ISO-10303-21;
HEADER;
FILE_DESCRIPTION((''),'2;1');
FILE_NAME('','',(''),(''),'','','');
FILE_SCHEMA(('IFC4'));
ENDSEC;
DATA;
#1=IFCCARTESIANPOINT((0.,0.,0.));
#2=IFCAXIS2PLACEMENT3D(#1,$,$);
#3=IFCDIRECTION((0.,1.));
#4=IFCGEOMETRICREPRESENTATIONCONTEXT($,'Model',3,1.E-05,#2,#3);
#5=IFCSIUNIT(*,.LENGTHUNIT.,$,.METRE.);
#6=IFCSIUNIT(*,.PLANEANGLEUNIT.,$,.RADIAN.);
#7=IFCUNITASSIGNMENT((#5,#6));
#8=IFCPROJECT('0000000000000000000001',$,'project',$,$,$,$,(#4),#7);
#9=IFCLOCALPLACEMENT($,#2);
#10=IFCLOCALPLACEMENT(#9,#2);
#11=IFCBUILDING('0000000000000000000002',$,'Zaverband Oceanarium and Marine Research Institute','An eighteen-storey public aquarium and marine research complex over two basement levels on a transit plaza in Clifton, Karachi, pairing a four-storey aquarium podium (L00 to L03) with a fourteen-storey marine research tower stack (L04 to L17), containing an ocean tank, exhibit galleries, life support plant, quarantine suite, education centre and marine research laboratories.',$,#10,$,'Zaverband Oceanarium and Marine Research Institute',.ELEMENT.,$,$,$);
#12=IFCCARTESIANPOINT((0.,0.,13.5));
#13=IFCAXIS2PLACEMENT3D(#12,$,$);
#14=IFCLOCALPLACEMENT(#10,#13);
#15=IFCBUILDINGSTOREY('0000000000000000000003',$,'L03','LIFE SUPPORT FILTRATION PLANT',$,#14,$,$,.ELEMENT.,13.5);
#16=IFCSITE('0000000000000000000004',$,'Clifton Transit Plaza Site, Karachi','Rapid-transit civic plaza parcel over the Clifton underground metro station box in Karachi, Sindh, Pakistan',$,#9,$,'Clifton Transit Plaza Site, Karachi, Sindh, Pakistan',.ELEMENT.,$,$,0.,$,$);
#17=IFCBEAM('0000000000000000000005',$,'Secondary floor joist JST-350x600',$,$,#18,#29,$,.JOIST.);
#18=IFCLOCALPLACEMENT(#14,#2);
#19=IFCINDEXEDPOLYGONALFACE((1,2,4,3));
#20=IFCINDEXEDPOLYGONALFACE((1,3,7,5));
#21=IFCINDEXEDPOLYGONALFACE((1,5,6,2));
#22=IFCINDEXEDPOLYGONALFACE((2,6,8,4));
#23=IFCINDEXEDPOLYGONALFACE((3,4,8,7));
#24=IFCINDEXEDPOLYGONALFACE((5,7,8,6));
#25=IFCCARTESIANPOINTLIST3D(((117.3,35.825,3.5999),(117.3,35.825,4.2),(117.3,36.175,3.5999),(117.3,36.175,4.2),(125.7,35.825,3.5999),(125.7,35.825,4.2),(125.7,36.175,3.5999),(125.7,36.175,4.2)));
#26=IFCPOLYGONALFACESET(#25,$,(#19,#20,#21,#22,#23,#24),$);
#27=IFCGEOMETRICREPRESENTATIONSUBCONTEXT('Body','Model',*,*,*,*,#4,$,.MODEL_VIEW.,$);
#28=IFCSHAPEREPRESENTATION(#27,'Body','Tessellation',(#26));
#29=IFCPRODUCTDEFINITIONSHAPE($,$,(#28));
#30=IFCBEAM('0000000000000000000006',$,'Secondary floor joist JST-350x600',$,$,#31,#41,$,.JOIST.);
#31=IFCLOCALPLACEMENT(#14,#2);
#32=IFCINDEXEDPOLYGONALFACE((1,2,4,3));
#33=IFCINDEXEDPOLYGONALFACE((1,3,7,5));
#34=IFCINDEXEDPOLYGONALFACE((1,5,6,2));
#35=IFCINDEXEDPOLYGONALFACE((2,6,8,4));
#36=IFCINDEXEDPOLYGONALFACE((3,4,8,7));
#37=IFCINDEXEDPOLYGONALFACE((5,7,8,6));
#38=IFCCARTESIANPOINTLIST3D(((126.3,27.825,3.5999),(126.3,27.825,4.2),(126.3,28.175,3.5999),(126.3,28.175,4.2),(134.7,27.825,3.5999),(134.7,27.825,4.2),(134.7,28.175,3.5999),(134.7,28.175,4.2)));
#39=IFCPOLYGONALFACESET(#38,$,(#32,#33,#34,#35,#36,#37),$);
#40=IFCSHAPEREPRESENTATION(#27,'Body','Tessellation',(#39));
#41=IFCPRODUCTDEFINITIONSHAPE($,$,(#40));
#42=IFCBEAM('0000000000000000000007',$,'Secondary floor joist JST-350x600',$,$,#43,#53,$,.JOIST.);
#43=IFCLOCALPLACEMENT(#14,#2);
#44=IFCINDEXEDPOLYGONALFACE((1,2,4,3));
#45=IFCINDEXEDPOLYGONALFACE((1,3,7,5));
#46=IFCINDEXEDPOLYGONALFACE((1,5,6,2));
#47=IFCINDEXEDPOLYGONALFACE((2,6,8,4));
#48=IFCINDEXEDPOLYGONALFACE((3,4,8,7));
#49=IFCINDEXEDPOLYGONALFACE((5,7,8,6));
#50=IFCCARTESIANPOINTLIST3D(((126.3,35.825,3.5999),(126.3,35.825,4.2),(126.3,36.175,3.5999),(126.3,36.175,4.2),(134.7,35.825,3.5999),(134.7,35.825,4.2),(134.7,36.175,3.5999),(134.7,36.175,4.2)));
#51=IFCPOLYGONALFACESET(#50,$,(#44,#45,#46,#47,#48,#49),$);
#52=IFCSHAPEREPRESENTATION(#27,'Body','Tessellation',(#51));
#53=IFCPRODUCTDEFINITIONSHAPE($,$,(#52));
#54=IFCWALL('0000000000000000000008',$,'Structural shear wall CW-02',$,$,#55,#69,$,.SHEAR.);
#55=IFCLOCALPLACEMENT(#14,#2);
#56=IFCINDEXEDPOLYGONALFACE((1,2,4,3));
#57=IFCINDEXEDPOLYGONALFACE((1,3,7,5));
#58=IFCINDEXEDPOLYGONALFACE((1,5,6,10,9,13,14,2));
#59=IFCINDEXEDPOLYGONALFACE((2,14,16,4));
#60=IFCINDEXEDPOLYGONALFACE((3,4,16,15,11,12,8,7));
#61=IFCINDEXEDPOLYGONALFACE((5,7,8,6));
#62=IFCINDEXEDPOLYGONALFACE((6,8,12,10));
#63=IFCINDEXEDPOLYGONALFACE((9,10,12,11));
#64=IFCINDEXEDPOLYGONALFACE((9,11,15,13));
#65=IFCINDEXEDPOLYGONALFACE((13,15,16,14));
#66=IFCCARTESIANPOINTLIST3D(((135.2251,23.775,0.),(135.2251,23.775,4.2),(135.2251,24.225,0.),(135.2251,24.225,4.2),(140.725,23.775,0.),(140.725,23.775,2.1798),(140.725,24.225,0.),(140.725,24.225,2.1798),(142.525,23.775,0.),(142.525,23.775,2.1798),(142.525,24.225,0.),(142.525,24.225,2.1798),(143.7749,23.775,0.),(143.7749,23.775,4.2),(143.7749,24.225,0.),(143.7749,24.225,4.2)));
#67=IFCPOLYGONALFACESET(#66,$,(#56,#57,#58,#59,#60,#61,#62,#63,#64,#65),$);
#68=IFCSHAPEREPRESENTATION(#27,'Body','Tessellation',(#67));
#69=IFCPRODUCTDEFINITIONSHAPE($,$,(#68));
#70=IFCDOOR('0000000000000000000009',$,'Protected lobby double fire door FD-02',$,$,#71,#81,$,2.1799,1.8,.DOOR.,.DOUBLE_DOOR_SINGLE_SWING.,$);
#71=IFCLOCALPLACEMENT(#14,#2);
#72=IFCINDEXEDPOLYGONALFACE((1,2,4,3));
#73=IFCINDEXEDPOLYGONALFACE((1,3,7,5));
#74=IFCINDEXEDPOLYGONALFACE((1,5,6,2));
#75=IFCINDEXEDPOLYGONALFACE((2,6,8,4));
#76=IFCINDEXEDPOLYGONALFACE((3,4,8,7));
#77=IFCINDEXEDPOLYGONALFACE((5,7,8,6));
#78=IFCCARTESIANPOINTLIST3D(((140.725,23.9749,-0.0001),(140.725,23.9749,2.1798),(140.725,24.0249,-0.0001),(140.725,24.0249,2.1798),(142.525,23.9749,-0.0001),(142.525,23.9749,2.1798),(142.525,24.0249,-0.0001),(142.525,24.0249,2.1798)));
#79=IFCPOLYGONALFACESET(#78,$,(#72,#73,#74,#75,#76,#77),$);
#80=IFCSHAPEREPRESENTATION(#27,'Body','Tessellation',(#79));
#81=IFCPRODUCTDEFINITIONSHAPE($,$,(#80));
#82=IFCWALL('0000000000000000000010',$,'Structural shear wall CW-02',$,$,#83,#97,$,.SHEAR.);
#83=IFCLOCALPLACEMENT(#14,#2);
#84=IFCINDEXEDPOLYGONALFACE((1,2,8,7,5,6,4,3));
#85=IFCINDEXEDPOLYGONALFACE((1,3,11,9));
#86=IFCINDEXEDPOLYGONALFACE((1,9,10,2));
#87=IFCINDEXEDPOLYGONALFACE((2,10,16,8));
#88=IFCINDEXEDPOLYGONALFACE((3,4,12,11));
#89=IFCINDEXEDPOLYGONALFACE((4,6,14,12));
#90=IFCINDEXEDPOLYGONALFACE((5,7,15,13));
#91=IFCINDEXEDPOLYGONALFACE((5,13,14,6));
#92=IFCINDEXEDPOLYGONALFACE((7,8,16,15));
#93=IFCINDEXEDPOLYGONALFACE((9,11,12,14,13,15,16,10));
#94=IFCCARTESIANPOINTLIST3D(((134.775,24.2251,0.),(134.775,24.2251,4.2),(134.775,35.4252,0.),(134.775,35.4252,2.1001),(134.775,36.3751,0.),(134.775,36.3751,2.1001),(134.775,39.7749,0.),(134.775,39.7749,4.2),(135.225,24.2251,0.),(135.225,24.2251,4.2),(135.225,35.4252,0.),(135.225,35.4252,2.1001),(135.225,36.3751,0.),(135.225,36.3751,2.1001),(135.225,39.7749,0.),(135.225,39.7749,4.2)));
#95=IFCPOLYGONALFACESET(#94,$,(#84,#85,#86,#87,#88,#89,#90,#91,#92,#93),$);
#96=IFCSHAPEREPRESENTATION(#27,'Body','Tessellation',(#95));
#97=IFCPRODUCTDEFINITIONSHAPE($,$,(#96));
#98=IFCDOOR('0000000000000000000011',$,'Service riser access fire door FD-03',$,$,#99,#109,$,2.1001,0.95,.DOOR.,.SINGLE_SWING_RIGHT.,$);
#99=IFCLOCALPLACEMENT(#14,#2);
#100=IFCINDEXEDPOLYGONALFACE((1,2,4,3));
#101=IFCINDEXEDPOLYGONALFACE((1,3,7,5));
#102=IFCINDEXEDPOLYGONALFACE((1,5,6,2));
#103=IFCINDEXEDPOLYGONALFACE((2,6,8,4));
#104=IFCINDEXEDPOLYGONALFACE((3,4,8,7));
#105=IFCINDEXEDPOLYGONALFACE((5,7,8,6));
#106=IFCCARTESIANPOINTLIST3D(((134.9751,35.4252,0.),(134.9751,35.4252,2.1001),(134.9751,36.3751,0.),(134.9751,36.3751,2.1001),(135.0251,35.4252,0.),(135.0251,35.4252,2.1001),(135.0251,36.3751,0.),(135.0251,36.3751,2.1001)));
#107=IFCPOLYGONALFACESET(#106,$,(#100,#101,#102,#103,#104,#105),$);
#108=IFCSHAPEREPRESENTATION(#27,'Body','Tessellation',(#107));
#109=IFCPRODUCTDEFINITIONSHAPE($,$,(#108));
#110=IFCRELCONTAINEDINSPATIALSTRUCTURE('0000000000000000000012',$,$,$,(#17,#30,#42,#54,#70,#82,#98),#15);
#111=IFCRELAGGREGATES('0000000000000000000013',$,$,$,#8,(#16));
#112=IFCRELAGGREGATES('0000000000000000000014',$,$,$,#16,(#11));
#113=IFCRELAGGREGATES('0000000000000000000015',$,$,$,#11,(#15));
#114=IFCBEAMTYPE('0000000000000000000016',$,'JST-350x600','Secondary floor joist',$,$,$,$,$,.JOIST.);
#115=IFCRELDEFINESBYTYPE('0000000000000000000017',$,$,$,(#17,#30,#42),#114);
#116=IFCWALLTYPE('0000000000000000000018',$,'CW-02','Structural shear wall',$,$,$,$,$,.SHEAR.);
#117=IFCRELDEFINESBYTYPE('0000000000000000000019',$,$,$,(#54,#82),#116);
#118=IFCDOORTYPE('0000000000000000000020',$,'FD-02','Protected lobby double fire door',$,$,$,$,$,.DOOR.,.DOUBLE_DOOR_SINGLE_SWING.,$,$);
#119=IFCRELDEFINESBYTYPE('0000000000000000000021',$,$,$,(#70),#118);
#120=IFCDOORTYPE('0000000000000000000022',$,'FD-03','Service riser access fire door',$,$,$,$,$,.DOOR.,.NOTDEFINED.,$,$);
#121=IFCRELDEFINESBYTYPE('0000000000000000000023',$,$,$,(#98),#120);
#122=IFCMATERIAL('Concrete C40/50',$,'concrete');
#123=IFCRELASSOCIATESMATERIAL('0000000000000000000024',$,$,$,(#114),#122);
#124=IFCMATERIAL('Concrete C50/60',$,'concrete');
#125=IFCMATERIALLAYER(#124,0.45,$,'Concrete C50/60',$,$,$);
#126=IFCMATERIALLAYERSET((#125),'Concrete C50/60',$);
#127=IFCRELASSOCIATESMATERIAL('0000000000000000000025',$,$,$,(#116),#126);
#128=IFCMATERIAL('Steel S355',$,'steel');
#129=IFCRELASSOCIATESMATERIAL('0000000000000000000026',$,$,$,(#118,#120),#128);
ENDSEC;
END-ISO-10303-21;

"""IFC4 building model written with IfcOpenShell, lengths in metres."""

from ifc_helpers import new_model, si_unit, direction, frame, frame_2d, origin, origin_2d, place, context, subcontext, project, spatial, rectangle, extrude, material, layer, layer_set, material_profile, profile_set, type_object, element, fill, save


model = new_model("IFC4")

# Units and contexts
model_context = context("Model", 3, precision=1e-05, world=origin(), true_north=direction((0.0, 1.0)))
body_context = subcontext(model_context, "Body", "Model", "MODEL_VIEW")
ifc_project = project(units=[si_unit("LENGTHUNIT", "METRE"), si_unit("PLANEANGLEUNIT", "RADIAN")], contexts=[model_context])

# Site, building, storey
site_placement = place(None, origin())
site = spatial("IfcSite", under=ifc_project, at=site_placement, Name="Clifton Transit Plaza Site, Karachi", Description="Rapid-transit civic plaza parcel over the Clifton underground metro station box in Karachi, Sindh, Pakistan", LongName="Clifton Transit Plaza Site, Karachi, Sindh, Pakistan", CompositionType="ELEMENT", RefElevation=0.0)
building_placement = place(site_placement, origin())
building = spatial("IfcBuilding", under=site, at=building_placement, Name="Zaverband Oceanarium and Marine Research Institute", Description="An eighteen-storey public aquarium and marine research complex over two basement levels on a transit plaza in Clifton, Karachi, pairing a four-storey aquarium podium (L00 to L03) with a fourteen-storey marine research tower stack (L04 to L17), containing an ocean tank, exhibit galleries, life support plant, quarantine suite, education centre and marine research laboratories.", LongName="Zaverband Oceanarium and Marine Research Institute", CompositionType="ELEMENT")
storey_placement = place(building_placement, frame((0.0, 0.0, 13.5)))
storey = spatial("IfcBuildingStorey", under=building, at=storey_placement, Name="L03", Description="LIFE SUPPORT FILTRATION PLANT", CompositionType="ELEMENT", Elevation=13.5)

# Shared definitions
ifc_material_1 = material(Name="Concrete C50/60", Category="concrete")

# Beams
ifc_material_2 = material(Name="Concrete C40/50", Category="concrete")
ifc_material_profile_1 = material_profile(ifc_material_2, rectangle(XDim=0.3501, YDim=0.6001, at=origin_2d()), Name="RC350x600")
ifc_profile_set_1 = profile_set([ifc_material_profile_1], Name="Concrete C40/50")
beam_type_1 = type_object("IfcBeamType", Name="JST-350x600", Description="Secondary floor joist", PredefinedType="JOIST", material=ifc_profile_set_1)
for number, where, z_axis, x_axis, name in (
    (1, (117.3, 36.0, 3.8999), (1.0, 0.0, 0.0), (0.0, 1.0, 0.0), "Secondary floor joist JST-350x600"),
    (2, (126.3, 28.0, 3.8999), (1.0, 0.0, 0.0), (0.0, 1.0, 0.0), "Secondary floor joist JST-350x600"),
    (3, (126.3, 36.0, 3.8999), (1.0, 0.0, 0.0), (0.0, 1.0, 0.0), "Secondary floor joist JST-350x600"),
):
    element("IfcBeam", number, at=place(storey_placement, frame(where, z_axis=z_axis, x_axis=x_axis)), inside=storey, type_object=beam_type_1, Name=name, PredefinedType="JOIST", context=body_context, shape_type="SweptSolid", body=[
        extrude(rectangle(XDim=0.3501, YDim=0.6001, at=origin_2d()), origin(), (0.0, 0.0, 1.0), 8.3999),
    ])

# Walls, openings, doors
ifc_layer = layer(ifc_material_1, 0.45, Name="Concrete C50/60")
ifc_layer_set = layer_set([ifc_layer], Name="Concrete C50/60")
wall_type = type_object("IfcWallType", Name="CW-02", Description="Structural shear wall", PredefinedType="SHEAR", material=ifc_layer_set)
wall_1_placement = place(storey_placement, frame((135.2251, 24.0, 0.0), z_axis=(0.0, 0.0, 1.0), x_axis=(1.0, 0.0, 0.0)))
wall_1 = element("IfcWall", 4, at=wall_1_placement, inside=storey, type_object=wall_type, Name="Structural shear wall CW-02", PredefinedType="SHEAR", context=body_context, shape_type="SweptSolid", body=[
    extrude(rectangle(XDim=8.5498, YDim=0.45, at=frame_2d((4.2749, 0.0))), origin(), (0.0, 0.0, 1.0), 4.2),
])
opening_1_placement = place(wall_1_placement, frame((5.5, 0.0, 0.0)))
opening_1 = element("IfcOpeningElement", 5, at=opening_1_placement, cuts=wall_1, PredefinedType="OPENING", context=body_context, shape_type="SweptSolid", body=[
    extrude(rectangle(XDim=1.8, YDim=2.1799, at=frame_2d((0.8999, 1.0898))), frame((0.0, 0.2368, 0.0), z_axis=(0.0, -1.0, 0.0), x_axis=(1.0, 0.0, 0.0)), (0.0, 0.0, 1.0), 0.4739),
])
ifc_material_3 = material(Name="Steel S355", Category="steel")
door_type_1 = type_object("IfcDoorType", Name="FD-02", Description="Protected lobby double fire door", OperationType="DOUBLE_DOOR_SINGLE_SWING", PredefinedType="DOOR", material=ifc_material_3)
door_1_placement = place(opening_1_placement, origin())
door_1 = element("IfcDoor", 6, at=door_1_placement, inside=storey, type_object=door_type_1, Name="Protected lobby double fire door FD-02", OperationType="DOUBLE_DOOR_SINGLE_SWING", OverallHeight=2.1799, OverallWidth=1.8, PredefinedType="DOOR", context=body_context, shape_type="SweptSolid", body=[
    extrude(rectangle(XDim=1.8, YDim=2.1799, at=frame_2d((0.8999, 1.0898))), frame((0.0, 0.0249, 0.0), z_axis=(0.0, -1.0, 0.0), x_axis=(1.0, 0.0, 0.0)), (0.0, 0.0, 1.0), 0.05),
])
fill(opening_1, door_1)
wall_2_placement = place(storey_placement, frame((135.0, 24.2251, 0.0), z_axis=(0.0, 0.0, 1.0), x_axis=(0.0, 1.0, 0.0)))
wall_2 = element("IfcWall", 7, at=wall_2_placement, inside=storey, type_object=wall_type, Name="Structural shear wall CW-02", PredefinedType="SHEAR", context=body_context, shape_type="SweptSolid", body=[
    extrude(rectangle(XDim=15.5498, YDim=0.45, at=frame_2d((7.7749, 0.0))), origin(), (0.0, 0.0, 1.0), 4.2),
])
opening_2_placement = place(wall_2_placement, frame((11.2, 0.0, 0.0)))
opening_2 = element("IfcOpeningElement", 8, at=opening_2_placement, cuts=wall_2, PredefinedType="OPENING", context=body_context, shape_type="SweptSolid", body=[
    extrude(rectangle(XDim=0.95, YDim=2.1001, at=frame_2d((0.4751, 1.05))), frame((0.0, 0.2368, 0.0), z_axis=(0.0, -1.0, 0.0), x_axis=(1.0, 0.0, 0.0)), (0.0, 0.0, 1.0), 0.4739),
])
door_type_2 = type_object("IfcDoorType", Name="FD-03", Description="Service riser access fire door", OperationType="NOTDEFINED", PredefinedType="DOOR", material=ifc_material_3)
door_2_placement = place(opening_2_placement, origin())
door_2 = element("IfcDoor", 9, at=door_2_placement, inside=storey, type_object=door_type_2, Name="Service riser access fire door FD-03", OperationType="SINGLE_SWING_RIGHT", OverallHeight=2.1001, OverallWidth=0.95, PredefinedType="DOOR", context=body_context, shape_type="SweptSolid", body=[
    extrude(rectangle(XDim=0.95, YDim=2.1001, at=frame_2d((0.4751, 1.05))), frame((0.0, 0.0249, 0.0), z_axis=(0.0, -1.0, 0.0), x_axis=(1.0, 0.0, 0.0)), (0.0, 0.0, 1.0), 0.05),
])
fill(opening_2, door_2)

save(model, "model.ifc")
